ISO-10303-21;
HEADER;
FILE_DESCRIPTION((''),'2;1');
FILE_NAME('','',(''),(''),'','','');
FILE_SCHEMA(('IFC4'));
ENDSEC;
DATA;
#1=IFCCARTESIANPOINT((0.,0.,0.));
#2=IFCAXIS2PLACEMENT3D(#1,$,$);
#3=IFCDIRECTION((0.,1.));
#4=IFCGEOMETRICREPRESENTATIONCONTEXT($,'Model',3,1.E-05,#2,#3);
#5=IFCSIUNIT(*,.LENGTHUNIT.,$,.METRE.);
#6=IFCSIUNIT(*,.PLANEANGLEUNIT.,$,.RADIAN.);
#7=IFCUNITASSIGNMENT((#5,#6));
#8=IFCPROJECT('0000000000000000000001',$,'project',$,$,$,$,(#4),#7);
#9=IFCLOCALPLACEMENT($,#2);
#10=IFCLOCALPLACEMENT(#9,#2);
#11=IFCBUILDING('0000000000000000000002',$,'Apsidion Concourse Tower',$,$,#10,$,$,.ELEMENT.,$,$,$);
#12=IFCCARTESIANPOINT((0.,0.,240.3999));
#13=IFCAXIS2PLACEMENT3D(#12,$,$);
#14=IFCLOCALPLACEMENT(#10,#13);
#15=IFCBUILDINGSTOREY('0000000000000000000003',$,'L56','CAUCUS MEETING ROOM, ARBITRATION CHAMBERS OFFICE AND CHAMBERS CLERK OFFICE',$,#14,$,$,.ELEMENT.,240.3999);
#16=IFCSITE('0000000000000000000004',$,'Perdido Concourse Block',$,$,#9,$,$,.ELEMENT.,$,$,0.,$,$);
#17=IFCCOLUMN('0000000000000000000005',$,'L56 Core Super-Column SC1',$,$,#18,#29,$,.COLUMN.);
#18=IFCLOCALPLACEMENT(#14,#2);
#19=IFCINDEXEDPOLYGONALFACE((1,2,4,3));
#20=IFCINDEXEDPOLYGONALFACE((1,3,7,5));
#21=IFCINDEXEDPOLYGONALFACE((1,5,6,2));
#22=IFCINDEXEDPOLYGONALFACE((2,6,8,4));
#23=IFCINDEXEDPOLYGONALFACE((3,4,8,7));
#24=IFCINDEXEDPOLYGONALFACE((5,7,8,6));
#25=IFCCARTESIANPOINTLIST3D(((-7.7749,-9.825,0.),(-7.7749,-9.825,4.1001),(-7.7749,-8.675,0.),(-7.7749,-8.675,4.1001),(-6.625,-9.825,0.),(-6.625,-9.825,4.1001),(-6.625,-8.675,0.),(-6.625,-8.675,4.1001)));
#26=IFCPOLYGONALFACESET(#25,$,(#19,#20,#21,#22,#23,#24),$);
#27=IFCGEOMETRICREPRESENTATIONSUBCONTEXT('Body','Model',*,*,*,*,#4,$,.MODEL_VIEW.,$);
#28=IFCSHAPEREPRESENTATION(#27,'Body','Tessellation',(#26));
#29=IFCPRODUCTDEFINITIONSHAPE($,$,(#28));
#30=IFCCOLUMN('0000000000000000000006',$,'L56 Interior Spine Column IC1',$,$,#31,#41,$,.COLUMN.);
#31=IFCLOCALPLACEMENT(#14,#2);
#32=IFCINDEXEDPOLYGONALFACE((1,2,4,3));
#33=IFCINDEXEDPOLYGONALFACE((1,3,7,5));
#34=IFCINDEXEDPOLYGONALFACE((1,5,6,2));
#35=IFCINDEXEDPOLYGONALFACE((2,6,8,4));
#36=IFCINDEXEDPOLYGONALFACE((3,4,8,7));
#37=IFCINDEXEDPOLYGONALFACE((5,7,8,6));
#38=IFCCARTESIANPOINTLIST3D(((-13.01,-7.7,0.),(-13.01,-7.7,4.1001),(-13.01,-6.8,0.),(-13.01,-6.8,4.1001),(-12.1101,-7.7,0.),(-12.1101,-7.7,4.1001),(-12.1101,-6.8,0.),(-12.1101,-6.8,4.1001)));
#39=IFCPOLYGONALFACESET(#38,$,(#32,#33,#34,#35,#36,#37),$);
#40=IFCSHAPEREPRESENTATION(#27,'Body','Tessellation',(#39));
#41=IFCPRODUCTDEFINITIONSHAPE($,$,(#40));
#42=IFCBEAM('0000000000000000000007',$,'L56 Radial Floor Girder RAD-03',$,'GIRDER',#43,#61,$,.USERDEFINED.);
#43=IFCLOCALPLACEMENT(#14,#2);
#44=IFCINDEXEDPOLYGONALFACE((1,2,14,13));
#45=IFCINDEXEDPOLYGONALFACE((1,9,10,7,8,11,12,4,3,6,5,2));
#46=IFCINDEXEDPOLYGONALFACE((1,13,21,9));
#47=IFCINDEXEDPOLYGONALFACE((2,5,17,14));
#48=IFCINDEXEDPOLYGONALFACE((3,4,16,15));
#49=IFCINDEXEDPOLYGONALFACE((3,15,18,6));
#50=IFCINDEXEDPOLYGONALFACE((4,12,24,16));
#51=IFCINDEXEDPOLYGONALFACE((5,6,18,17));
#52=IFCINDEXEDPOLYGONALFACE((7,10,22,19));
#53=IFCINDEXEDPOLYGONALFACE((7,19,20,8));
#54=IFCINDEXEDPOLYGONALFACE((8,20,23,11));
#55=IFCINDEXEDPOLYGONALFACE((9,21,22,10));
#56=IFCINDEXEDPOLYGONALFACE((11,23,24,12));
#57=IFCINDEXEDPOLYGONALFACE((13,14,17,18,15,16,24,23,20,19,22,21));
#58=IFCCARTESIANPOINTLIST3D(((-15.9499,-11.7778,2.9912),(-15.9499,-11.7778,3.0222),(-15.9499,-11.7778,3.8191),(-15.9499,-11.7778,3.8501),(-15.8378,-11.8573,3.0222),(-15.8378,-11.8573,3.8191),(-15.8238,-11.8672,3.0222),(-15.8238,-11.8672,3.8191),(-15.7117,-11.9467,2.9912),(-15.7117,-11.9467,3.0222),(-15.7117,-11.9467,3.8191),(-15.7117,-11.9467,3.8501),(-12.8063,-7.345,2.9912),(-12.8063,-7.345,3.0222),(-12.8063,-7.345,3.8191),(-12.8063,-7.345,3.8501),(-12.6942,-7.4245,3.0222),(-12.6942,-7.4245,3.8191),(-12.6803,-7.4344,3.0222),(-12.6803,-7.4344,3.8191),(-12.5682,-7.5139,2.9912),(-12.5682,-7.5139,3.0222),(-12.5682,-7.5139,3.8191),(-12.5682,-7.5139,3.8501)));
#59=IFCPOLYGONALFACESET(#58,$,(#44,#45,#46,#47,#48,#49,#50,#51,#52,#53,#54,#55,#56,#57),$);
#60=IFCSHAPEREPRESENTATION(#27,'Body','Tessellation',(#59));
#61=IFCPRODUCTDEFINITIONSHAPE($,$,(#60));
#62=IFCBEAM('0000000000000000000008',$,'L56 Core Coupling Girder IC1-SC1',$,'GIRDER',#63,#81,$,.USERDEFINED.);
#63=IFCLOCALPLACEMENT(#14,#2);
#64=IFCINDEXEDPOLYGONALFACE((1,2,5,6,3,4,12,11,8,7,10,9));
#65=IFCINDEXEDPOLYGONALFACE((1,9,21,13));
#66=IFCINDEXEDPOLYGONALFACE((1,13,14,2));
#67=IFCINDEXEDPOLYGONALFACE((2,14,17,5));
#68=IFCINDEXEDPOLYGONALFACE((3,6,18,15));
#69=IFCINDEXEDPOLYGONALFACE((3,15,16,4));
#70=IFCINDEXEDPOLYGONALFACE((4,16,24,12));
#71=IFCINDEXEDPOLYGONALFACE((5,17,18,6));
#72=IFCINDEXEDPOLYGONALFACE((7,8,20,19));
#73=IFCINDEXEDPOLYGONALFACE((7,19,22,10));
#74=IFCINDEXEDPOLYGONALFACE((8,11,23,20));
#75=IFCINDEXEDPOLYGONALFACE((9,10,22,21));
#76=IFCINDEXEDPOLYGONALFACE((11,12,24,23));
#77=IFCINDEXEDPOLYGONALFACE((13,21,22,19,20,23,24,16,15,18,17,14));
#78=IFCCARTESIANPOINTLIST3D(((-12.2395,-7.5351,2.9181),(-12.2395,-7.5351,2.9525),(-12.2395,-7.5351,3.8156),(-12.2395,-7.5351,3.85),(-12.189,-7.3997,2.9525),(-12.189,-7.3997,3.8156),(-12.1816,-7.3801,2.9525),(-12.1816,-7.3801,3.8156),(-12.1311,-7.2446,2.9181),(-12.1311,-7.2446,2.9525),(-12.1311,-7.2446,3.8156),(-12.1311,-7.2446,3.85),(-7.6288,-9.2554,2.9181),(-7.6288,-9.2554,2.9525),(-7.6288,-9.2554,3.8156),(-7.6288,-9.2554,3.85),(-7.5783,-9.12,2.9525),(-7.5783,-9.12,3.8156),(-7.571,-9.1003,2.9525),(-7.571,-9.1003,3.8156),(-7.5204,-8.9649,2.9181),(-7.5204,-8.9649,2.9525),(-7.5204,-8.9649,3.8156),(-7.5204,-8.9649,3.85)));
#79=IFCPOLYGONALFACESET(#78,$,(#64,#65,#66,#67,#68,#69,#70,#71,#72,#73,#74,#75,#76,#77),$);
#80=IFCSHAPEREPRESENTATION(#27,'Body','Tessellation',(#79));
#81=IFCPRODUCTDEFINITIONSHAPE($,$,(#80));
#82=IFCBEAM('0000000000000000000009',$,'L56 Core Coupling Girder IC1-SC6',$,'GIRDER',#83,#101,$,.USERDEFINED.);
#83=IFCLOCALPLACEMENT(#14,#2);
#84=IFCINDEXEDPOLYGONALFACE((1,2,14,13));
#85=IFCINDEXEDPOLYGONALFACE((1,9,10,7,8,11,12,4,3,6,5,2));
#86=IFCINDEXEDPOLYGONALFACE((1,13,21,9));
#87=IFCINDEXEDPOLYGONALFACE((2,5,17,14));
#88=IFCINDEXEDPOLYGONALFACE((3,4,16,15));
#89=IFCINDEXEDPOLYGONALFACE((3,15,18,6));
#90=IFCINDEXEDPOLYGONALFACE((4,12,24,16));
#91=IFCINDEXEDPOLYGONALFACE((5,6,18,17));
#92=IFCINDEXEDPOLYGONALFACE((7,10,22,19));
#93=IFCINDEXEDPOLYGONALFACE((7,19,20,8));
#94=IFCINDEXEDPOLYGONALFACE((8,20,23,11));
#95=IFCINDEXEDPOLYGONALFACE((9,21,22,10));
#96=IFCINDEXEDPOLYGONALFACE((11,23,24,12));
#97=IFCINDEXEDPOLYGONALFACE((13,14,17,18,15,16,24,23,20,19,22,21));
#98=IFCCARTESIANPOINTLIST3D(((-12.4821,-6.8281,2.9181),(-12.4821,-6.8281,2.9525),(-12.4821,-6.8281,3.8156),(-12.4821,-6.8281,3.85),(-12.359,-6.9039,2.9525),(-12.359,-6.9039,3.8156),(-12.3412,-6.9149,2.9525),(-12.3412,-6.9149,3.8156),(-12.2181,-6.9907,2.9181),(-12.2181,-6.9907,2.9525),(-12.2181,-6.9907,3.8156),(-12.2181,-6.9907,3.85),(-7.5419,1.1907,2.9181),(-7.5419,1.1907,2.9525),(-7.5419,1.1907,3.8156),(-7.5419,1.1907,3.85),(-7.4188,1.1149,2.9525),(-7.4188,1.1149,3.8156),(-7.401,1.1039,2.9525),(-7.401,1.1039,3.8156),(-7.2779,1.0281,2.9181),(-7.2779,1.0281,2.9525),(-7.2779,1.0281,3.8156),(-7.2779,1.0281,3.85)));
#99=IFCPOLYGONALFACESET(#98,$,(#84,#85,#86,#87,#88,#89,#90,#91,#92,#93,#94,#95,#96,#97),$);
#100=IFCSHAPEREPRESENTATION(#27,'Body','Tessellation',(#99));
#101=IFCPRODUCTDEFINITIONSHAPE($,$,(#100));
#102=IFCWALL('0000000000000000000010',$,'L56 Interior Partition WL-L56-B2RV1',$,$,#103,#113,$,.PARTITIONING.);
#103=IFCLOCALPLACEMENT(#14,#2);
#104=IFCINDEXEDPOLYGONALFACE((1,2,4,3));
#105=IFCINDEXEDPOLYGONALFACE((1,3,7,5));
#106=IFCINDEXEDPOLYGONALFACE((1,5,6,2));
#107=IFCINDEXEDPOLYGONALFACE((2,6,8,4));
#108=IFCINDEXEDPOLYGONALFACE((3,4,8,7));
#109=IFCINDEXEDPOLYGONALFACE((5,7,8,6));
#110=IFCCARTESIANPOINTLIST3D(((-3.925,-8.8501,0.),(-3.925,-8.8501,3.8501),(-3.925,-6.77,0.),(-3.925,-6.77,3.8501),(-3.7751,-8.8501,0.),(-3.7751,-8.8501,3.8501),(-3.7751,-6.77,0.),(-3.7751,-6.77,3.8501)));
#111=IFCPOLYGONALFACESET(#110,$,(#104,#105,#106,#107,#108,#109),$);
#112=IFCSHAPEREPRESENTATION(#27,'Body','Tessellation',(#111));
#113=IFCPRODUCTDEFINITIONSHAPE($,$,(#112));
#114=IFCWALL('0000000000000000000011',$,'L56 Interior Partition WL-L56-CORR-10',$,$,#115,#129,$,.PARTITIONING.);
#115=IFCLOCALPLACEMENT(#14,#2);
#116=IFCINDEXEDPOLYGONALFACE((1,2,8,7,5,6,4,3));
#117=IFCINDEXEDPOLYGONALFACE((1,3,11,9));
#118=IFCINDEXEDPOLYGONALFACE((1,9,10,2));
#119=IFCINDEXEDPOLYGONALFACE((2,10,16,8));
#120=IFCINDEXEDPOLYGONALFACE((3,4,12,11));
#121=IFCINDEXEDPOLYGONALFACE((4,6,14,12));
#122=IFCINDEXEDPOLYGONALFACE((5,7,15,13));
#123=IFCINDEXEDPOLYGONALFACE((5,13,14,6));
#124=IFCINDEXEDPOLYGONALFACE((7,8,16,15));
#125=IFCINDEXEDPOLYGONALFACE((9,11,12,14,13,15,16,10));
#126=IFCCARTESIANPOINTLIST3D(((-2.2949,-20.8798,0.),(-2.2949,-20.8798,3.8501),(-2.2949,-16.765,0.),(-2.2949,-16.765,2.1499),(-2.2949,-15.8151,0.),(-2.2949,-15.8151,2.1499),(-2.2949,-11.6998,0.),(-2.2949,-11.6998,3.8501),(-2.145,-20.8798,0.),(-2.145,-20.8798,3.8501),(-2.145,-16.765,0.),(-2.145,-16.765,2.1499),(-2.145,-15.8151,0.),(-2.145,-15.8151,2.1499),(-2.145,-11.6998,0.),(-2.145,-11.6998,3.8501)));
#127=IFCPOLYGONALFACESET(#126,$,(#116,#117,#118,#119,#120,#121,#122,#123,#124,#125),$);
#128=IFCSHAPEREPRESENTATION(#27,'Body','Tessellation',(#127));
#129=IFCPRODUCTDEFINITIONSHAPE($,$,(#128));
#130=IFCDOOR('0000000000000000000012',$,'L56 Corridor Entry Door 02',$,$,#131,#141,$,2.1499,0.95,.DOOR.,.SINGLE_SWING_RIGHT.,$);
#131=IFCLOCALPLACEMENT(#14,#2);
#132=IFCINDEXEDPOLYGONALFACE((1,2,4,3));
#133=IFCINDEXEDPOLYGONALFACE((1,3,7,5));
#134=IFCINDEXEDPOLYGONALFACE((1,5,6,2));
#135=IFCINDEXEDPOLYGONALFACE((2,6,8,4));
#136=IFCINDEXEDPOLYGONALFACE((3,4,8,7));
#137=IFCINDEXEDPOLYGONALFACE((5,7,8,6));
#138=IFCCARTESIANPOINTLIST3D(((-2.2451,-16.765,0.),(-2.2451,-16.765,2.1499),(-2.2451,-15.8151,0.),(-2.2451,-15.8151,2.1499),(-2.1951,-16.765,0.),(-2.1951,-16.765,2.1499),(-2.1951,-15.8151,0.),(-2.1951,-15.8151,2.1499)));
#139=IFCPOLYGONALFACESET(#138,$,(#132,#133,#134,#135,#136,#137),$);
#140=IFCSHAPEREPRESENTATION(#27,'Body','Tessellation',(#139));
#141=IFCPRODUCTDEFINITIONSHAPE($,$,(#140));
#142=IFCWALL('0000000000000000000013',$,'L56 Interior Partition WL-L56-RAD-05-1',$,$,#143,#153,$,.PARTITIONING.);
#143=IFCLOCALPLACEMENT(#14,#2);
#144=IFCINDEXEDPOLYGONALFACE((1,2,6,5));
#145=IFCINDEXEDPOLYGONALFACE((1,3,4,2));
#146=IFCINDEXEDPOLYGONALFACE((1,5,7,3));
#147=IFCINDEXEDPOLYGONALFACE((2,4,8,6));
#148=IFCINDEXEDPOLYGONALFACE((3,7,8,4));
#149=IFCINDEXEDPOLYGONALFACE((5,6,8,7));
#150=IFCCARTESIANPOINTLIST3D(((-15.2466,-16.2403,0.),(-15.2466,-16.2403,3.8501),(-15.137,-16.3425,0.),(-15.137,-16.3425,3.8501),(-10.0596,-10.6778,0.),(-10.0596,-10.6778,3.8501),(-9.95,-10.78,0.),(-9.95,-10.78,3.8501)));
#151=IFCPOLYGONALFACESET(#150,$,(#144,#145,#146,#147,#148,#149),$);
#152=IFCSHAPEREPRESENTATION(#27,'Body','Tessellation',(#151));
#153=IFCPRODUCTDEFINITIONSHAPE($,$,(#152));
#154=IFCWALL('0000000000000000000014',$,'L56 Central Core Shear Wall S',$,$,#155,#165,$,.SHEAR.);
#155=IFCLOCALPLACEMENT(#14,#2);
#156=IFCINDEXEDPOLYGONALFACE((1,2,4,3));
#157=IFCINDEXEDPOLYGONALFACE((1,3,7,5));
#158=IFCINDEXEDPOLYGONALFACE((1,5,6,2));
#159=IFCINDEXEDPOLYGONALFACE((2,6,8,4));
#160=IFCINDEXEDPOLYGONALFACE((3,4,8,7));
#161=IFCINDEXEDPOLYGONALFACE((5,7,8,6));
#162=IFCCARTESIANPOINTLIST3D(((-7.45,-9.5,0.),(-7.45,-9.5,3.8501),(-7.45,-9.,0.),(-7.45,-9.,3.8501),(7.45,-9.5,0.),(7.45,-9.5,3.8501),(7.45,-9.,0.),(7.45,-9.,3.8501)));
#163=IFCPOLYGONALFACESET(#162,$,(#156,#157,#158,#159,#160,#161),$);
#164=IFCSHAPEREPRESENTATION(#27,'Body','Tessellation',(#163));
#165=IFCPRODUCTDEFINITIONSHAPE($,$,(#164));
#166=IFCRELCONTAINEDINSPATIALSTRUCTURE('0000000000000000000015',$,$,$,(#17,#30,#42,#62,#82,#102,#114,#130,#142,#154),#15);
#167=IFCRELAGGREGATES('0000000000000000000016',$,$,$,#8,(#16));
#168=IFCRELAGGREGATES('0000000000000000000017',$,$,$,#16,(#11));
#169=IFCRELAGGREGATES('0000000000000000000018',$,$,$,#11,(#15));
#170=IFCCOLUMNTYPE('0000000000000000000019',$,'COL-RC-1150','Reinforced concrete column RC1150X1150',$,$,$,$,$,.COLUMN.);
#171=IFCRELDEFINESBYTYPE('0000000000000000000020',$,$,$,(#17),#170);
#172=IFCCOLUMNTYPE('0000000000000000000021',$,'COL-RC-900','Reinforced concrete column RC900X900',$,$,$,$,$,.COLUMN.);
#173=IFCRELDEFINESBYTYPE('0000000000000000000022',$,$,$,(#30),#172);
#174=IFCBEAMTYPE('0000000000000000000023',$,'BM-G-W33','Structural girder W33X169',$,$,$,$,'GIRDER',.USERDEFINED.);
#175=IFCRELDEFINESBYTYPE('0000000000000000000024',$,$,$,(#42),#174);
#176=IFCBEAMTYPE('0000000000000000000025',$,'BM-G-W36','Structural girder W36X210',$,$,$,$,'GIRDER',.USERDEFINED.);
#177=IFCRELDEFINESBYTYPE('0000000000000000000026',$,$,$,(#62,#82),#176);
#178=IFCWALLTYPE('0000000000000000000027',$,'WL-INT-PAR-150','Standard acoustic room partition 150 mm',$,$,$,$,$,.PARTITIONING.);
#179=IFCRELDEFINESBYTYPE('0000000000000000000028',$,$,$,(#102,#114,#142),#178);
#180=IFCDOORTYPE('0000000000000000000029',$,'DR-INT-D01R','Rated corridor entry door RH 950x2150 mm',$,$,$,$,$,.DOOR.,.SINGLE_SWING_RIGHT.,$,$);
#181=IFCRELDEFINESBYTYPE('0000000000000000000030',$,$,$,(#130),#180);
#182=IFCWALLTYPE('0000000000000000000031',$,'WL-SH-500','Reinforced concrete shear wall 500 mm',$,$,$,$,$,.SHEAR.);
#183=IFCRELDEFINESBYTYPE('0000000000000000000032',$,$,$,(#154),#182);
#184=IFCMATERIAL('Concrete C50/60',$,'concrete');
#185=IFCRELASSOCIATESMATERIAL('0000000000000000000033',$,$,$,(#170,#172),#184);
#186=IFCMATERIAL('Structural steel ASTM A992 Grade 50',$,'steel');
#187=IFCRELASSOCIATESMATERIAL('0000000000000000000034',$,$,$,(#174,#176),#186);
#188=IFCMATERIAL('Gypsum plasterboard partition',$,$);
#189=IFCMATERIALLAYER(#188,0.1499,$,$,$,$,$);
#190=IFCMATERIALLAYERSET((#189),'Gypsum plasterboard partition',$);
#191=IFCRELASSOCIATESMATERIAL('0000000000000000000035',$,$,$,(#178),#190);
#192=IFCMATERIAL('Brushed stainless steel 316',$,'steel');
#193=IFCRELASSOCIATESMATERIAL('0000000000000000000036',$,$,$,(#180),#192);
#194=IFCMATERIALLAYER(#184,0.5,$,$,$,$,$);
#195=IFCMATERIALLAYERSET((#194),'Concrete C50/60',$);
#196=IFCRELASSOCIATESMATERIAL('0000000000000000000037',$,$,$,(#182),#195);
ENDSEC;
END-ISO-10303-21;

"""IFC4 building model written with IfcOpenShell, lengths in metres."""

from ifc_helpers import new_model, si_unit, direction, frame, frame_2d, origin, origin_2d, place, context, subcontext, project, spatial, rectangle, i_section, extrude, material, layer, layer_set, material_profile, profile_set, type_object, element, fill, save


model = new_model("IFC4")

# Units and contexts
model_context = context("Model", 3, precision=1e-05, world=origin(), true_north=direction((0.0, 1.0)))
body_context = subcontext(model_context, "Body", "Model", "MODEL_VIEW")
ifc_project = project(units=[si_unit("LENGTHUNIT", "METRE"), si_unit("PLANEANGLEUNIT", "RADIAN")], contexts=[model_context])

# Site, building, storey
site_placement = place(None, origin())
site = spatial("IfcSite", under=ifc_project, at=site_placement, Name="Perdido Concourse Block", CompositionType="ELEMENT", RefElevation=0.0)
building_placement = place(site_placement, origin())
building = spatial("IfcBuilding", under=site, at=building_placement, Name="Apsidion Concourse Tower", CompositionType="ELEMENT")
storey_placement = place(building_placement, frame((0.0, 0.0, 240.3999)))
storey = spatial("IfcBuildingStorey", under=building, at=storey_placement, Name="L56", Description="CAUCUS MEETING ROOM, ARBITRATION CHAMBERS OFFICE AND CHAMBERS CLERK OFFICE", CompositionType="ELEMENT", Elevation=240.3999)

# Columns
ifc_material_1 = material(Name="Concrete C50/60", Category="concrete")
ifc_material_profile_1 = material_profile(ifc_material_1, rectangle(XDim=1.1499, YDim=1.1499, at=origin_2d()), Name="RC 1150x1150")
ifc_profile_set_1 = profile_set([ifc_material_profile_1], Name="Concrete C50/60")
column_type_1 = type_object("IfcColumnType", Name="COL-RC-1150", Description="Reinforced concrete column RC1150X1150", PredefinedType="COLUMN", material=ifc_profile_set_1)
column_1_placement = place(storey_placement, frame((-7.2, -9.25, 0.0), z_axis=(0.0, 0.0, 1.0), x_axis=(1.0, 0.0, 0.0)))
element("IfcColumn", 1, at=column_1_placement, inside=storey, type_object=column_type_1, Name="L56 Core Super-Column SC1", PredefinedType="COLUMN", context=body_context, shape_type="SweptSolid", body=[
    extrude(rectangle(XDim=1.1499, YDim=1.1499, at=origin_2d()), origin(), (0.0, 0.0, 1.0), 4.1001),
])
ifc_material_profile_2 = material_profile(ifc_material_1, rectangle(XDim=0.8999, YDim=0.8999, at=origin_2d()), Name="RC 900x900")
ifc_profile_set_2 = profile_set([ifc_material_profile_2], Name="Concrete C50/60")
column_type_2 = type_object("IfcColumnType", Name="COL-RC-900", Description="Reinforced concrete column RC900X900", PredefinedType="COLUMN", material=ifc_profile_set_2)
column_2_placement = place(storey_placement, frame((-12.5601, -7.25, 0.0), z_axis=(0.0, 0.0, 1.0), x_axis=(1.0, 0.0, 0.0)))
element("IfcColumn", 2, at=column_2_placement, inside=storey, type_object=column_type_2, Name="L56 Interior Spine Column IC1", PredefinedType="COLUMN", context=body_context, shape_type="SweptSolid", body=[
    extrude(rectangle(XDim=0.8999, YDim=0.8999, at=origin_2d()), origin(), (0.0, 0.0, 1.0), 4.1001),
])

# Beams
ifc_material_2 = material(Name="Structural steel ASTM A992 Grade 50", Category="steel")
ifc_material_profile_3 = material_profile(ifc_material_2, i_section(OverallWidth=0.292, OverallDepth=0.8589, WebThickness=0.0171, FlangeThickness=0.031, at=origin_2d()), Name="W33X169")
ifc_profile_set_3 = profile_set([ifc_material_profile_3], Name="Structural steel ASTM A992 Grade 50")
beam_type_1 = type_object("IfcBeamType", Name="BM-G-W33", Description="Structural girder W33X169", ElementType="GIRDER", PredefinedType="USERDEFINED", material=ifc_profile_set_3)
beam_1_placement = place(storey_placement, frame((-12.6873, -7.4294, 3.4207), z_axis=(-0.57846, -0.815711, 0.0), x_axis=(0.815711, -0.57846, 0.0)))
element("IfcBeam", 3, at=beam_1_placement, inside=storey, type_object=beam_type_1, Name="L56 Radial Floor Girder RAD-03", ObjectType="GIRDER", PredefinedType="USERDEFINED", context=body_context, shape_type="SweptSolid", body=[
    extrude(i_section(OverallWidth=0.292, OverallDepth=0.8589, WebThickness=0.0171, FlangeThickness=0.031, at=origin_2d()), origin(), (0.0, 0.0, 1.0), 5.4343),
])
ifc_material_profile_4 = material_profile(ifc_material_2, i_section(OverallWidth=0.3101, OverallDepth=0.9319, WebThickness=0.021, FlangeThickness=0.0344, at=origin_2d()), Name="W36X210")
ifc_profile_set_4 = profile_set([ifc_material_profile_4], Name="Structural steel ASTM A992 Grade 50")
beam_type_2 = type_object("IfcBeamType", Name="BM-G-W36", Description="Structural girder W36X210", ElementType="GIRDER", PredefinedType="USERDEFINED", material=ifc_profile_set_4)
beam_2_placement = place(storey_placement, frame((-12.1853, -7.3899, 3.384), z_axis=(0.936913, -0.349563, 0.0), x_axis=(0.349563, 0.936913, 0.0)))
element("IfcBeam", 4, at=beam_2_placement, inside=storey, type_object=beam_type_2, Name="L56 Core Coupling Girder IC1-SC1", ObjectType="GIRDER", PredefinedType="USERDEFINED", context=body_context, shape_type="SweptSolid", body=[
    extrude(i_section(OverallWidth=0.3101, OverallDepth=0.9319, WebThickness=0.021, FlangeThickness=0.0344, at=origin_2d()), origin(), (0.0, 0.0, 1.0), 4.9211),
])
beam_3_placement = place(storey_placement, frame((-12.3501, -6.9094, 3.384), z_axis=(0.524524, 0.851396, 0.0), x_axis=(-0.851396, 0.524524, 0.0)))
element("IfcBeam", 5, at=beam_3_placement, inside=storey, type_object=beam_type_2, Name="L56 Core Coupling Girder IC1-SC6", ObjectType="GIRDER", PredefinedType="USERDEFINED", context=body_context, shape_type="SweptSolid", body=[
    extrude(i_section(OverallWidth=0.3101, OverallDepth=0.9319, WebThickness=0.021, FlangeThickness=0.0344, at=origin_2d()), origin(), (0.0, 0.0, 1.0), 9.4185),
])

# Wall
ifc_material_3 = material(Name="Gypsum plasterboard partition")
ifc_layer_1 = layer(ifc_material_3, 0.1499)
ifc_layer_set_1 = layer_set([ifc_layer_1], Name="Gypsum plasterboard partition")
wall_type_1 = type_object("IfcWallType", Name="WL-INT-PAR-150", Description="Standard acoustic room partition 150 mm", PredefinedType="PARTITIONING", material=ifc_layer_set_1)
wall_1_placement = place(storey_placement, frame((-3.8501, -8.8501, 0.0), z_axis=(0.0, 0.0, 1.0), x_axis=(0.0, 1.0, 0.0)))
element("IfcWall", 6, at=wall_1_placement, inside=storey, type_object=wall_type_1, Name="L56 Interior Partition WL-L56-B2RV1", PredefinedType="PARTITIONING", context=body_context, shape_type="SweptSolid", body=[
    extrude(rectangle(XDim=2.0801, YDim=0.1499, at=frame_2d((1.04, 0.0))), origin(), (0.0, 0.0, 1.0), 3.8501),
])

# Wall, opening, door
wall_2_placement = place(storey_placement, frame((-2.22, -11.7, 0.0), z_axis=(0.0, 0.0, 1.0), x_axis=(0.0, -1.0, 0.0)))
wall_2 = element("IfcWall", 7, at=wall_2_placement, inside=storey, type_object=wall_type_1, Name="L56 Interior Partition WL-L56-CORR-10", PredefinedType="PARTITIONING", context=body_context, shape_type="SweptSolid", body=[
    extrude(rectangle(XDim=9.1799, YDim=0.1499, at=frame_2d((4.5898, 0.0))), origin(), (0.0, 0.0, 1.0), 3.8501),
])
opening_1_placement = place(wall_2_placement, frame((4.115, 0.0, 0.0)))
opening_1 = element("IfcOpeningElement", 8, at=opening_1_placement, cuts=wall_2, PredefinedType="OPENING", context=body_context, shape_type="SweptSolid", body=[
    extrude(rectangle(XDim=0.95, YDim=2.1499, at=frame_2d((0.4751, 1.075))), frame((0.0, 0.085, 0.0), z_axis=(0.0, -1.0, 0.0), x_axis=(1.0, 0.0, 0.0)), (0.0, 0.0, 1.0), 0.1699),
])
ifc_material_4 = material(Name="Brushed stainless steel 316", Category="steel")
door_type_1 = type_object("IfcDoorType", Name="DR-INT-D01R", Description="Rated corridor entry door RH 950x2150 mm", OperationType="SINGLE_SWING_RIGHT", PredefinedType="DOOR", material=ifc_material_4)
door_1_placement = place(opening_1_placement, origin())
door_1 = element("IfcDoor", 9, at=door_1_placement, inside=storey, type_object=door_type_1, Name="L56 Corridor Entry Door 02", OperationType="SINGLE_SWING_RIGHT", OverallHeight=2.1499, OverallWidth=0.95, PredefinedType="DOOR", context=body_context, shape_type="SweptSolid", body=[
    extrude(rectangle(XDim=0.95, YDim=2.1499, at=frame_2d((0.4751, 1.075))), frame((0.0, 0.0249, 0.0), z_axis=(0.0, -1.0, 0.0), x_axis=(1.0, 0.0, 0.0)), (0.0, 0.0, 1.0), 0.05),
])
fill(opening_1, door_1)

# Wall
wall_3_placement = place(storey_placement, frame((-10.0049, -10.729, 0.0), z_axis=(0.0, 0.0, 1.0), x_axis=(-0.681991, -0.73136, 0.0)))
element("IfcWall", 10, at=wall_3_placement, inside=storey, type_object=wall_type_1, Name="L56 Interior Partition WL-L56-RAD-05-1", PredefinedType="PARTITIONING", context=body_context, shape_type="SweptSolid", body=[
    extrude(rectangle(XDim=7.6057, YDim=0.1499, at=frame_2d((3.8027, 0.0))), origin(), (0.0, 0.0, 1.0), 3.8501),
])

# Shared definitions
ifc_layer_2 = layer(ifc_material_1, 0.5)
ifc_layer_set_2 = layer_set([ifc_layer_2], Name="Concrete C50/60")
wall_type_2 = type_object("IfcWallType", Name="WL-SH-500", Description="Reinforced concrete shear wall 500 mm", PredefinedType="SHEAR", material=ifc_layer_set_2)

# Wall
wall_4_placement = place(storey_placement, frame((-7.45, -9.25, 0.0), z_axis=(0.0, 0.0, 1.0), x_axis=(1.0, 0.0, 0.0)))
element("IfcWall", 11, at=wall_4_placement, inside=storey, type_object=wall_type_2, Name="L56 Central Core Shear Wall S", PredefinedType="SHEAR", context=body_context, shape_type="SweptSolid", body=[
    extrude(rectangle(XDim=14.8999, YDim=0.5, at=frame_2d((7.45, 0.0))), origin(), (0.0, 0.0, 1.0), 3.8501),
])

save(model, "model.ifc")
